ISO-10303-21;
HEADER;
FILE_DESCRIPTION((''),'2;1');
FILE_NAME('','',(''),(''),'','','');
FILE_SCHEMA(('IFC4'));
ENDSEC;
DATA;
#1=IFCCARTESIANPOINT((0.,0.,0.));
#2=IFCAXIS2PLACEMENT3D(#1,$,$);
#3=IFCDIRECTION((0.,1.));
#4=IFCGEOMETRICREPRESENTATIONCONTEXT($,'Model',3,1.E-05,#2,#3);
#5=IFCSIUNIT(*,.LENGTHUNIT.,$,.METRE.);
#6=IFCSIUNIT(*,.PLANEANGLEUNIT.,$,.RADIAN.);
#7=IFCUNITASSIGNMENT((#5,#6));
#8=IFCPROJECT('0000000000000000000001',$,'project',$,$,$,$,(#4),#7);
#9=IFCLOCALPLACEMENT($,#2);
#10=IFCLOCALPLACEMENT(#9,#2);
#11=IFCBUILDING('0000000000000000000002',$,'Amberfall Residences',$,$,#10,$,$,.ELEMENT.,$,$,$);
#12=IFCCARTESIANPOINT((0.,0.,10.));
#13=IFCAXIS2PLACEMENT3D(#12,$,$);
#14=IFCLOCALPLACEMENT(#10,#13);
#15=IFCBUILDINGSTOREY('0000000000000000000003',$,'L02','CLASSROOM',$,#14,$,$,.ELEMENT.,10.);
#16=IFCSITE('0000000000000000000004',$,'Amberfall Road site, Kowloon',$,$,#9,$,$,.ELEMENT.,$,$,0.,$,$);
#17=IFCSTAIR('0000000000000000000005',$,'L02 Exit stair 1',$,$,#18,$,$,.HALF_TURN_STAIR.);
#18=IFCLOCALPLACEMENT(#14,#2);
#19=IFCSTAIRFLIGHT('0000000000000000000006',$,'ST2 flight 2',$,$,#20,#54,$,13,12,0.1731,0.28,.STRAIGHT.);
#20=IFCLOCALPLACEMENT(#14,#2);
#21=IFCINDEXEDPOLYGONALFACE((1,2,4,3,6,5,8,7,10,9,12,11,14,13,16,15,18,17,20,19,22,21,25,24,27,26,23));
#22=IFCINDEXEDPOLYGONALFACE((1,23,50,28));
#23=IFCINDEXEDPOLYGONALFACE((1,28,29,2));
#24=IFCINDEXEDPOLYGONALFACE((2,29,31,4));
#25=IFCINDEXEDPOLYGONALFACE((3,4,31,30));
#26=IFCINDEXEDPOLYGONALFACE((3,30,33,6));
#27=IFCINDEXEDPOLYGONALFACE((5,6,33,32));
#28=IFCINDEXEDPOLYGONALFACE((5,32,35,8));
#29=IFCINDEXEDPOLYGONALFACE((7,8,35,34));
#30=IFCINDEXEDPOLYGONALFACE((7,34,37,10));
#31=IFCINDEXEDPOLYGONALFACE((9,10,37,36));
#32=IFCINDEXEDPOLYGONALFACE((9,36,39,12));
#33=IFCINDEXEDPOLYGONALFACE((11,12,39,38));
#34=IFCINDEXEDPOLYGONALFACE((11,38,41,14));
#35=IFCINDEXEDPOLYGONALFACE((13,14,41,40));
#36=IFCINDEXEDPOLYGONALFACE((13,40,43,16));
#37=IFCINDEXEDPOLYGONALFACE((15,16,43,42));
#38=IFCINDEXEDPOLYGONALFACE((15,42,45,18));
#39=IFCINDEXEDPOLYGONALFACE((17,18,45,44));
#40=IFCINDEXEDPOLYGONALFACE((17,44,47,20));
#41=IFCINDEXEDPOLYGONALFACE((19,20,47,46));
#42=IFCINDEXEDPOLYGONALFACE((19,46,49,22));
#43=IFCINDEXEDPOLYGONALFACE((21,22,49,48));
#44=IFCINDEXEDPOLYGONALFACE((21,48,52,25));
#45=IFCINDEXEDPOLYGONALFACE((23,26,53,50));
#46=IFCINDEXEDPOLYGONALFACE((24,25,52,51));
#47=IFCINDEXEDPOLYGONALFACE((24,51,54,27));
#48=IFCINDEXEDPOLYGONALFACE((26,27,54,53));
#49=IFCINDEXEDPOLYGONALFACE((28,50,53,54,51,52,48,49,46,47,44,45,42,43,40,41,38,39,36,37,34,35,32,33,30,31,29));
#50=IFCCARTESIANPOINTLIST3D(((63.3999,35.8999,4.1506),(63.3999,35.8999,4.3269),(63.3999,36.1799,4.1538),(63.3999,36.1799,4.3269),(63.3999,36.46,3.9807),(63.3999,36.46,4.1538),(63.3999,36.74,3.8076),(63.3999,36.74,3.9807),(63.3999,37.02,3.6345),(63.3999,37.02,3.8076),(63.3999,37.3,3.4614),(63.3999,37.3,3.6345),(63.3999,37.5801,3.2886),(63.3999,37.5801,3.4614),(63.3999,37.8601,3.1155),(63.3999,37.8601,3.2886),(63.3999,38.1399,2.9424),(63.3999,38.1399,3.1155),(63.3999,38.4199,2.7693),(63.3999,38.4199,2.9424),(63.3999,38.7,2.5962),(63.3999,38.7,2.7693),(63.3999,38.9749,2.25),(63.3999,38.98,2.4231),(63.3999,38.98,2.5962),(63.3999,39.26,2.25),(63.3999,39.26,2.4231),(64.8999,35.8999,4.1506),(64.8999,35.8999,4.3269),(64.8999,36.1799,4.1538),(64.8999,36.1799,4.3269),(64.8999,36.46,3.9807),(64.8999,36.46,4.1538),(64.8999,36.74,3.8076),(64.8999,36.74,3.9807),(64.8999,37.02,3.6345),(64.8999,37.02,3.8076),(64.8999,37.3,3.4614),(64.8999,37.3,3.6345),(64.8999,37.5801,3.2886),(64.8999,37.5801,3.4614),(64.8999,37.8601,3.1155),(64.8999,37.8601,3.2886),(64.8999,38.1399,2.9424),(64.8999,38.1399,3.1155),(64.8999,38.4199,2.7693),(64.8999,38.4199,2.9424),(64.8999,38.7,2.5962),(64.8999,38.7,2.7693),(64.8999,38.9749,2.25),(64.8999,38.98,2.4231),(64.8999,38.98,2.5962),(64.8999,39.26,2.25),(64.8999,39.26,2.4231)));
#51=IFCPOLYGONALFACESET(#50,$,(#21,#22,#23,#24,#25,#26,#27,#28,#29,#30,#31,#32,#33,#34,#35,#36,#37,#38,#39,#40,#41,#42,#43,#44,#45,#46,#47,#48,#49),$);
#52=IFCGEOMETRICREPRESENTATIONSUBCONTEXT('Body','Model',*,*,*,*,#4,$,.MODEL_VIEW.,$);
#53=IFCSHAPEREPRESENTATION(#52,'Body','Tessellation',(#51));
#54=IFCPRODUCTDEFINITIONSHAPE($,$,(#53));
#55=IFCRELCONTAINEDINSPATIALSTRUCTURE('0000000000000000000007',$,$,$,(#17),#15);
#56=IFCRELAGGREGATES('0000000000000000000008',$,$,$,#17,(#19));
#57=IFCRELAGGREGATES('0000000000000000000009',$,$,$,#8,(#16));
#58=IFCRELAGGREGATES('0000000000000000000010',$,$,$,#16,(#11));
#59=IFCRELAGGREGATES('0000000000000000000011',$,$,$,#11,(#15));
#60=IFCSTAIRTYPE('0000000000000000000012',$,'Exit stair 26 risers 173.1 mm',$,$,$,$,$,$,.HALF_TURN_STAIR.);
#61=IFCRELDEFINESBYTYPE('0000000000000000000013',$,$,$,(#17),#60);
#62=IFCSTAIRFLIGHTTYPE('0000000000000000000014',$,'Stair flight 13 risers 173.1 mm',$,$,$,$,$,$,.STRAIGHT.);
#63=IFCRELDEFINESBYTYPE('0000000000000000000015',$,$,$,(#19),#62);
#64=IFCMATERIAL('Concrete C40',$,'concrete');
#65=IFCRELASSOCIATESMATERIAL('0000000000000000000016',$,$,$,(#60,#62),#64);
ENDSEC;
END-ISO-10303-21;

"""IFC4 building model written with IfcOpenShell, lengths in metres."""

from ifc_helpers import new_model, si_unit, direction, frame, origin, place, context, subcontext, project, spatial, polyline, outline, extrude, material, type_object, element, aggregate, save


model = new_model("IFC4")

# Units and contexts
model_context = context("Model", 3, precision=1e-05, world=origin(), true_north=direction((0.0, 1.0)))
body_context = subcontext(model_context, "Body", "Model", "MODEL_VIEW")
ifc_project = project(units=[si_unit("LENGTHUNIT", "METRE"), si_unit("PLANEANGLEUNIT", "RADIAN")], contexts=[model_context])

# Site, building, storey
site_placement = place(None, origin())
site = spatial("IfcSite", under=ifc_project, at=site_placement, Name="Amberfall Road site, Kowloon", CompositionType="ELEMENT", RefElevation=0.0)
building_placement = place(site_placement, origin())
building = spatial("IfcBuilding", under=site, at=building_placement, Name="Amberfall Residences", CompositionType="ELEMENT")
storey_placement = place(building_placement, frame((0.0, 0.0, 10.0)))
storey = spatial("IfcBuildingStorey", under=building, at=storey_placement, Name="L02", Description="CLASSROOM", CompositionType="ELEMENT", Elevation=10.0)

# Stair, stair flight
ifc_material_1 = material(Name="Concrete C40", Category="concrete")
stair_type = type_object("IfcStairType", Name="Exit stair 26 risers 173.1 mm", PredefinedType="HALF_TURN_STAIR", material=ifc_material_1)
stair_placement = place(storey_placement, origin())
stair = element("IfcStair", 1, at=stair_placement, inside=storey, type_object=stair_type, Name="L02 Exit stair 1", PredefinedType="HALF_TURN_STAIR")
stair_flight_type = type_object("IfcStairFlightType", Name="Stair flight 13 risers 173.1 mm", PredefinedType="STRAIGHT", material=ifc_material_1)
stair_flight_placement = place(storey_placement, frame((64.1499, 39.26, 2.25), z_axis=(0.0, 0.0, 1.0), x_axis=(0.0, -1.0, 0.0)))
stair_flight = element("IfcStairFlight", 2, at=stair_flight_placement, type_object=stair_flight_type, Name="ST2 flight 2", NumberOfRisers=13, NumberOfTreads=12, PredefinedType="STRAIGHT", RiserHeight=0.1731, TreadLength=0.28, context=body_context, shape_type="SweptSolid", body=[
    extrude(outline(polyline([(0.0, 0.0), (0.0, 0.1731), (0.28, 0.1731), (0.28, 0.3462), (0.5601, 0.3462), (0.5601, 0.5193), (0.8401, 0.5193), (0.8401, 0.6924), (1.1201, 0.6924), (1.1201, 0.8655), (1.3999, 0.8655), (1.3999, 1.0386), (1.6799, 1.0386), (1.6799, 1.2114), (1.96, 1.2114), (1.96, 1.3845), (2.24, 1.3845), (2.24, 1.5576), (2.52, 1.5576), (2.52, 1.7307), (2.8, 1.7307), (2.8, 1.9038), (3.0801, 1.9038), (3.0801, 2.0769), (3.3601, 2.0769), (3.3601, 2.25), (3.3601, 1.9006), (0.2852, 0.0), (0.0, 0.0)])), frame((0.0, 0.75, 0.0), z_axis=(0.0, -1.0, 0.0), x_axis=(1.0, 0.0, 0.0)), (0.0, 0.0, 1.0), 1.5),
])
aggregate(stair, [stair_flight])

save(model, "model.ifc")
